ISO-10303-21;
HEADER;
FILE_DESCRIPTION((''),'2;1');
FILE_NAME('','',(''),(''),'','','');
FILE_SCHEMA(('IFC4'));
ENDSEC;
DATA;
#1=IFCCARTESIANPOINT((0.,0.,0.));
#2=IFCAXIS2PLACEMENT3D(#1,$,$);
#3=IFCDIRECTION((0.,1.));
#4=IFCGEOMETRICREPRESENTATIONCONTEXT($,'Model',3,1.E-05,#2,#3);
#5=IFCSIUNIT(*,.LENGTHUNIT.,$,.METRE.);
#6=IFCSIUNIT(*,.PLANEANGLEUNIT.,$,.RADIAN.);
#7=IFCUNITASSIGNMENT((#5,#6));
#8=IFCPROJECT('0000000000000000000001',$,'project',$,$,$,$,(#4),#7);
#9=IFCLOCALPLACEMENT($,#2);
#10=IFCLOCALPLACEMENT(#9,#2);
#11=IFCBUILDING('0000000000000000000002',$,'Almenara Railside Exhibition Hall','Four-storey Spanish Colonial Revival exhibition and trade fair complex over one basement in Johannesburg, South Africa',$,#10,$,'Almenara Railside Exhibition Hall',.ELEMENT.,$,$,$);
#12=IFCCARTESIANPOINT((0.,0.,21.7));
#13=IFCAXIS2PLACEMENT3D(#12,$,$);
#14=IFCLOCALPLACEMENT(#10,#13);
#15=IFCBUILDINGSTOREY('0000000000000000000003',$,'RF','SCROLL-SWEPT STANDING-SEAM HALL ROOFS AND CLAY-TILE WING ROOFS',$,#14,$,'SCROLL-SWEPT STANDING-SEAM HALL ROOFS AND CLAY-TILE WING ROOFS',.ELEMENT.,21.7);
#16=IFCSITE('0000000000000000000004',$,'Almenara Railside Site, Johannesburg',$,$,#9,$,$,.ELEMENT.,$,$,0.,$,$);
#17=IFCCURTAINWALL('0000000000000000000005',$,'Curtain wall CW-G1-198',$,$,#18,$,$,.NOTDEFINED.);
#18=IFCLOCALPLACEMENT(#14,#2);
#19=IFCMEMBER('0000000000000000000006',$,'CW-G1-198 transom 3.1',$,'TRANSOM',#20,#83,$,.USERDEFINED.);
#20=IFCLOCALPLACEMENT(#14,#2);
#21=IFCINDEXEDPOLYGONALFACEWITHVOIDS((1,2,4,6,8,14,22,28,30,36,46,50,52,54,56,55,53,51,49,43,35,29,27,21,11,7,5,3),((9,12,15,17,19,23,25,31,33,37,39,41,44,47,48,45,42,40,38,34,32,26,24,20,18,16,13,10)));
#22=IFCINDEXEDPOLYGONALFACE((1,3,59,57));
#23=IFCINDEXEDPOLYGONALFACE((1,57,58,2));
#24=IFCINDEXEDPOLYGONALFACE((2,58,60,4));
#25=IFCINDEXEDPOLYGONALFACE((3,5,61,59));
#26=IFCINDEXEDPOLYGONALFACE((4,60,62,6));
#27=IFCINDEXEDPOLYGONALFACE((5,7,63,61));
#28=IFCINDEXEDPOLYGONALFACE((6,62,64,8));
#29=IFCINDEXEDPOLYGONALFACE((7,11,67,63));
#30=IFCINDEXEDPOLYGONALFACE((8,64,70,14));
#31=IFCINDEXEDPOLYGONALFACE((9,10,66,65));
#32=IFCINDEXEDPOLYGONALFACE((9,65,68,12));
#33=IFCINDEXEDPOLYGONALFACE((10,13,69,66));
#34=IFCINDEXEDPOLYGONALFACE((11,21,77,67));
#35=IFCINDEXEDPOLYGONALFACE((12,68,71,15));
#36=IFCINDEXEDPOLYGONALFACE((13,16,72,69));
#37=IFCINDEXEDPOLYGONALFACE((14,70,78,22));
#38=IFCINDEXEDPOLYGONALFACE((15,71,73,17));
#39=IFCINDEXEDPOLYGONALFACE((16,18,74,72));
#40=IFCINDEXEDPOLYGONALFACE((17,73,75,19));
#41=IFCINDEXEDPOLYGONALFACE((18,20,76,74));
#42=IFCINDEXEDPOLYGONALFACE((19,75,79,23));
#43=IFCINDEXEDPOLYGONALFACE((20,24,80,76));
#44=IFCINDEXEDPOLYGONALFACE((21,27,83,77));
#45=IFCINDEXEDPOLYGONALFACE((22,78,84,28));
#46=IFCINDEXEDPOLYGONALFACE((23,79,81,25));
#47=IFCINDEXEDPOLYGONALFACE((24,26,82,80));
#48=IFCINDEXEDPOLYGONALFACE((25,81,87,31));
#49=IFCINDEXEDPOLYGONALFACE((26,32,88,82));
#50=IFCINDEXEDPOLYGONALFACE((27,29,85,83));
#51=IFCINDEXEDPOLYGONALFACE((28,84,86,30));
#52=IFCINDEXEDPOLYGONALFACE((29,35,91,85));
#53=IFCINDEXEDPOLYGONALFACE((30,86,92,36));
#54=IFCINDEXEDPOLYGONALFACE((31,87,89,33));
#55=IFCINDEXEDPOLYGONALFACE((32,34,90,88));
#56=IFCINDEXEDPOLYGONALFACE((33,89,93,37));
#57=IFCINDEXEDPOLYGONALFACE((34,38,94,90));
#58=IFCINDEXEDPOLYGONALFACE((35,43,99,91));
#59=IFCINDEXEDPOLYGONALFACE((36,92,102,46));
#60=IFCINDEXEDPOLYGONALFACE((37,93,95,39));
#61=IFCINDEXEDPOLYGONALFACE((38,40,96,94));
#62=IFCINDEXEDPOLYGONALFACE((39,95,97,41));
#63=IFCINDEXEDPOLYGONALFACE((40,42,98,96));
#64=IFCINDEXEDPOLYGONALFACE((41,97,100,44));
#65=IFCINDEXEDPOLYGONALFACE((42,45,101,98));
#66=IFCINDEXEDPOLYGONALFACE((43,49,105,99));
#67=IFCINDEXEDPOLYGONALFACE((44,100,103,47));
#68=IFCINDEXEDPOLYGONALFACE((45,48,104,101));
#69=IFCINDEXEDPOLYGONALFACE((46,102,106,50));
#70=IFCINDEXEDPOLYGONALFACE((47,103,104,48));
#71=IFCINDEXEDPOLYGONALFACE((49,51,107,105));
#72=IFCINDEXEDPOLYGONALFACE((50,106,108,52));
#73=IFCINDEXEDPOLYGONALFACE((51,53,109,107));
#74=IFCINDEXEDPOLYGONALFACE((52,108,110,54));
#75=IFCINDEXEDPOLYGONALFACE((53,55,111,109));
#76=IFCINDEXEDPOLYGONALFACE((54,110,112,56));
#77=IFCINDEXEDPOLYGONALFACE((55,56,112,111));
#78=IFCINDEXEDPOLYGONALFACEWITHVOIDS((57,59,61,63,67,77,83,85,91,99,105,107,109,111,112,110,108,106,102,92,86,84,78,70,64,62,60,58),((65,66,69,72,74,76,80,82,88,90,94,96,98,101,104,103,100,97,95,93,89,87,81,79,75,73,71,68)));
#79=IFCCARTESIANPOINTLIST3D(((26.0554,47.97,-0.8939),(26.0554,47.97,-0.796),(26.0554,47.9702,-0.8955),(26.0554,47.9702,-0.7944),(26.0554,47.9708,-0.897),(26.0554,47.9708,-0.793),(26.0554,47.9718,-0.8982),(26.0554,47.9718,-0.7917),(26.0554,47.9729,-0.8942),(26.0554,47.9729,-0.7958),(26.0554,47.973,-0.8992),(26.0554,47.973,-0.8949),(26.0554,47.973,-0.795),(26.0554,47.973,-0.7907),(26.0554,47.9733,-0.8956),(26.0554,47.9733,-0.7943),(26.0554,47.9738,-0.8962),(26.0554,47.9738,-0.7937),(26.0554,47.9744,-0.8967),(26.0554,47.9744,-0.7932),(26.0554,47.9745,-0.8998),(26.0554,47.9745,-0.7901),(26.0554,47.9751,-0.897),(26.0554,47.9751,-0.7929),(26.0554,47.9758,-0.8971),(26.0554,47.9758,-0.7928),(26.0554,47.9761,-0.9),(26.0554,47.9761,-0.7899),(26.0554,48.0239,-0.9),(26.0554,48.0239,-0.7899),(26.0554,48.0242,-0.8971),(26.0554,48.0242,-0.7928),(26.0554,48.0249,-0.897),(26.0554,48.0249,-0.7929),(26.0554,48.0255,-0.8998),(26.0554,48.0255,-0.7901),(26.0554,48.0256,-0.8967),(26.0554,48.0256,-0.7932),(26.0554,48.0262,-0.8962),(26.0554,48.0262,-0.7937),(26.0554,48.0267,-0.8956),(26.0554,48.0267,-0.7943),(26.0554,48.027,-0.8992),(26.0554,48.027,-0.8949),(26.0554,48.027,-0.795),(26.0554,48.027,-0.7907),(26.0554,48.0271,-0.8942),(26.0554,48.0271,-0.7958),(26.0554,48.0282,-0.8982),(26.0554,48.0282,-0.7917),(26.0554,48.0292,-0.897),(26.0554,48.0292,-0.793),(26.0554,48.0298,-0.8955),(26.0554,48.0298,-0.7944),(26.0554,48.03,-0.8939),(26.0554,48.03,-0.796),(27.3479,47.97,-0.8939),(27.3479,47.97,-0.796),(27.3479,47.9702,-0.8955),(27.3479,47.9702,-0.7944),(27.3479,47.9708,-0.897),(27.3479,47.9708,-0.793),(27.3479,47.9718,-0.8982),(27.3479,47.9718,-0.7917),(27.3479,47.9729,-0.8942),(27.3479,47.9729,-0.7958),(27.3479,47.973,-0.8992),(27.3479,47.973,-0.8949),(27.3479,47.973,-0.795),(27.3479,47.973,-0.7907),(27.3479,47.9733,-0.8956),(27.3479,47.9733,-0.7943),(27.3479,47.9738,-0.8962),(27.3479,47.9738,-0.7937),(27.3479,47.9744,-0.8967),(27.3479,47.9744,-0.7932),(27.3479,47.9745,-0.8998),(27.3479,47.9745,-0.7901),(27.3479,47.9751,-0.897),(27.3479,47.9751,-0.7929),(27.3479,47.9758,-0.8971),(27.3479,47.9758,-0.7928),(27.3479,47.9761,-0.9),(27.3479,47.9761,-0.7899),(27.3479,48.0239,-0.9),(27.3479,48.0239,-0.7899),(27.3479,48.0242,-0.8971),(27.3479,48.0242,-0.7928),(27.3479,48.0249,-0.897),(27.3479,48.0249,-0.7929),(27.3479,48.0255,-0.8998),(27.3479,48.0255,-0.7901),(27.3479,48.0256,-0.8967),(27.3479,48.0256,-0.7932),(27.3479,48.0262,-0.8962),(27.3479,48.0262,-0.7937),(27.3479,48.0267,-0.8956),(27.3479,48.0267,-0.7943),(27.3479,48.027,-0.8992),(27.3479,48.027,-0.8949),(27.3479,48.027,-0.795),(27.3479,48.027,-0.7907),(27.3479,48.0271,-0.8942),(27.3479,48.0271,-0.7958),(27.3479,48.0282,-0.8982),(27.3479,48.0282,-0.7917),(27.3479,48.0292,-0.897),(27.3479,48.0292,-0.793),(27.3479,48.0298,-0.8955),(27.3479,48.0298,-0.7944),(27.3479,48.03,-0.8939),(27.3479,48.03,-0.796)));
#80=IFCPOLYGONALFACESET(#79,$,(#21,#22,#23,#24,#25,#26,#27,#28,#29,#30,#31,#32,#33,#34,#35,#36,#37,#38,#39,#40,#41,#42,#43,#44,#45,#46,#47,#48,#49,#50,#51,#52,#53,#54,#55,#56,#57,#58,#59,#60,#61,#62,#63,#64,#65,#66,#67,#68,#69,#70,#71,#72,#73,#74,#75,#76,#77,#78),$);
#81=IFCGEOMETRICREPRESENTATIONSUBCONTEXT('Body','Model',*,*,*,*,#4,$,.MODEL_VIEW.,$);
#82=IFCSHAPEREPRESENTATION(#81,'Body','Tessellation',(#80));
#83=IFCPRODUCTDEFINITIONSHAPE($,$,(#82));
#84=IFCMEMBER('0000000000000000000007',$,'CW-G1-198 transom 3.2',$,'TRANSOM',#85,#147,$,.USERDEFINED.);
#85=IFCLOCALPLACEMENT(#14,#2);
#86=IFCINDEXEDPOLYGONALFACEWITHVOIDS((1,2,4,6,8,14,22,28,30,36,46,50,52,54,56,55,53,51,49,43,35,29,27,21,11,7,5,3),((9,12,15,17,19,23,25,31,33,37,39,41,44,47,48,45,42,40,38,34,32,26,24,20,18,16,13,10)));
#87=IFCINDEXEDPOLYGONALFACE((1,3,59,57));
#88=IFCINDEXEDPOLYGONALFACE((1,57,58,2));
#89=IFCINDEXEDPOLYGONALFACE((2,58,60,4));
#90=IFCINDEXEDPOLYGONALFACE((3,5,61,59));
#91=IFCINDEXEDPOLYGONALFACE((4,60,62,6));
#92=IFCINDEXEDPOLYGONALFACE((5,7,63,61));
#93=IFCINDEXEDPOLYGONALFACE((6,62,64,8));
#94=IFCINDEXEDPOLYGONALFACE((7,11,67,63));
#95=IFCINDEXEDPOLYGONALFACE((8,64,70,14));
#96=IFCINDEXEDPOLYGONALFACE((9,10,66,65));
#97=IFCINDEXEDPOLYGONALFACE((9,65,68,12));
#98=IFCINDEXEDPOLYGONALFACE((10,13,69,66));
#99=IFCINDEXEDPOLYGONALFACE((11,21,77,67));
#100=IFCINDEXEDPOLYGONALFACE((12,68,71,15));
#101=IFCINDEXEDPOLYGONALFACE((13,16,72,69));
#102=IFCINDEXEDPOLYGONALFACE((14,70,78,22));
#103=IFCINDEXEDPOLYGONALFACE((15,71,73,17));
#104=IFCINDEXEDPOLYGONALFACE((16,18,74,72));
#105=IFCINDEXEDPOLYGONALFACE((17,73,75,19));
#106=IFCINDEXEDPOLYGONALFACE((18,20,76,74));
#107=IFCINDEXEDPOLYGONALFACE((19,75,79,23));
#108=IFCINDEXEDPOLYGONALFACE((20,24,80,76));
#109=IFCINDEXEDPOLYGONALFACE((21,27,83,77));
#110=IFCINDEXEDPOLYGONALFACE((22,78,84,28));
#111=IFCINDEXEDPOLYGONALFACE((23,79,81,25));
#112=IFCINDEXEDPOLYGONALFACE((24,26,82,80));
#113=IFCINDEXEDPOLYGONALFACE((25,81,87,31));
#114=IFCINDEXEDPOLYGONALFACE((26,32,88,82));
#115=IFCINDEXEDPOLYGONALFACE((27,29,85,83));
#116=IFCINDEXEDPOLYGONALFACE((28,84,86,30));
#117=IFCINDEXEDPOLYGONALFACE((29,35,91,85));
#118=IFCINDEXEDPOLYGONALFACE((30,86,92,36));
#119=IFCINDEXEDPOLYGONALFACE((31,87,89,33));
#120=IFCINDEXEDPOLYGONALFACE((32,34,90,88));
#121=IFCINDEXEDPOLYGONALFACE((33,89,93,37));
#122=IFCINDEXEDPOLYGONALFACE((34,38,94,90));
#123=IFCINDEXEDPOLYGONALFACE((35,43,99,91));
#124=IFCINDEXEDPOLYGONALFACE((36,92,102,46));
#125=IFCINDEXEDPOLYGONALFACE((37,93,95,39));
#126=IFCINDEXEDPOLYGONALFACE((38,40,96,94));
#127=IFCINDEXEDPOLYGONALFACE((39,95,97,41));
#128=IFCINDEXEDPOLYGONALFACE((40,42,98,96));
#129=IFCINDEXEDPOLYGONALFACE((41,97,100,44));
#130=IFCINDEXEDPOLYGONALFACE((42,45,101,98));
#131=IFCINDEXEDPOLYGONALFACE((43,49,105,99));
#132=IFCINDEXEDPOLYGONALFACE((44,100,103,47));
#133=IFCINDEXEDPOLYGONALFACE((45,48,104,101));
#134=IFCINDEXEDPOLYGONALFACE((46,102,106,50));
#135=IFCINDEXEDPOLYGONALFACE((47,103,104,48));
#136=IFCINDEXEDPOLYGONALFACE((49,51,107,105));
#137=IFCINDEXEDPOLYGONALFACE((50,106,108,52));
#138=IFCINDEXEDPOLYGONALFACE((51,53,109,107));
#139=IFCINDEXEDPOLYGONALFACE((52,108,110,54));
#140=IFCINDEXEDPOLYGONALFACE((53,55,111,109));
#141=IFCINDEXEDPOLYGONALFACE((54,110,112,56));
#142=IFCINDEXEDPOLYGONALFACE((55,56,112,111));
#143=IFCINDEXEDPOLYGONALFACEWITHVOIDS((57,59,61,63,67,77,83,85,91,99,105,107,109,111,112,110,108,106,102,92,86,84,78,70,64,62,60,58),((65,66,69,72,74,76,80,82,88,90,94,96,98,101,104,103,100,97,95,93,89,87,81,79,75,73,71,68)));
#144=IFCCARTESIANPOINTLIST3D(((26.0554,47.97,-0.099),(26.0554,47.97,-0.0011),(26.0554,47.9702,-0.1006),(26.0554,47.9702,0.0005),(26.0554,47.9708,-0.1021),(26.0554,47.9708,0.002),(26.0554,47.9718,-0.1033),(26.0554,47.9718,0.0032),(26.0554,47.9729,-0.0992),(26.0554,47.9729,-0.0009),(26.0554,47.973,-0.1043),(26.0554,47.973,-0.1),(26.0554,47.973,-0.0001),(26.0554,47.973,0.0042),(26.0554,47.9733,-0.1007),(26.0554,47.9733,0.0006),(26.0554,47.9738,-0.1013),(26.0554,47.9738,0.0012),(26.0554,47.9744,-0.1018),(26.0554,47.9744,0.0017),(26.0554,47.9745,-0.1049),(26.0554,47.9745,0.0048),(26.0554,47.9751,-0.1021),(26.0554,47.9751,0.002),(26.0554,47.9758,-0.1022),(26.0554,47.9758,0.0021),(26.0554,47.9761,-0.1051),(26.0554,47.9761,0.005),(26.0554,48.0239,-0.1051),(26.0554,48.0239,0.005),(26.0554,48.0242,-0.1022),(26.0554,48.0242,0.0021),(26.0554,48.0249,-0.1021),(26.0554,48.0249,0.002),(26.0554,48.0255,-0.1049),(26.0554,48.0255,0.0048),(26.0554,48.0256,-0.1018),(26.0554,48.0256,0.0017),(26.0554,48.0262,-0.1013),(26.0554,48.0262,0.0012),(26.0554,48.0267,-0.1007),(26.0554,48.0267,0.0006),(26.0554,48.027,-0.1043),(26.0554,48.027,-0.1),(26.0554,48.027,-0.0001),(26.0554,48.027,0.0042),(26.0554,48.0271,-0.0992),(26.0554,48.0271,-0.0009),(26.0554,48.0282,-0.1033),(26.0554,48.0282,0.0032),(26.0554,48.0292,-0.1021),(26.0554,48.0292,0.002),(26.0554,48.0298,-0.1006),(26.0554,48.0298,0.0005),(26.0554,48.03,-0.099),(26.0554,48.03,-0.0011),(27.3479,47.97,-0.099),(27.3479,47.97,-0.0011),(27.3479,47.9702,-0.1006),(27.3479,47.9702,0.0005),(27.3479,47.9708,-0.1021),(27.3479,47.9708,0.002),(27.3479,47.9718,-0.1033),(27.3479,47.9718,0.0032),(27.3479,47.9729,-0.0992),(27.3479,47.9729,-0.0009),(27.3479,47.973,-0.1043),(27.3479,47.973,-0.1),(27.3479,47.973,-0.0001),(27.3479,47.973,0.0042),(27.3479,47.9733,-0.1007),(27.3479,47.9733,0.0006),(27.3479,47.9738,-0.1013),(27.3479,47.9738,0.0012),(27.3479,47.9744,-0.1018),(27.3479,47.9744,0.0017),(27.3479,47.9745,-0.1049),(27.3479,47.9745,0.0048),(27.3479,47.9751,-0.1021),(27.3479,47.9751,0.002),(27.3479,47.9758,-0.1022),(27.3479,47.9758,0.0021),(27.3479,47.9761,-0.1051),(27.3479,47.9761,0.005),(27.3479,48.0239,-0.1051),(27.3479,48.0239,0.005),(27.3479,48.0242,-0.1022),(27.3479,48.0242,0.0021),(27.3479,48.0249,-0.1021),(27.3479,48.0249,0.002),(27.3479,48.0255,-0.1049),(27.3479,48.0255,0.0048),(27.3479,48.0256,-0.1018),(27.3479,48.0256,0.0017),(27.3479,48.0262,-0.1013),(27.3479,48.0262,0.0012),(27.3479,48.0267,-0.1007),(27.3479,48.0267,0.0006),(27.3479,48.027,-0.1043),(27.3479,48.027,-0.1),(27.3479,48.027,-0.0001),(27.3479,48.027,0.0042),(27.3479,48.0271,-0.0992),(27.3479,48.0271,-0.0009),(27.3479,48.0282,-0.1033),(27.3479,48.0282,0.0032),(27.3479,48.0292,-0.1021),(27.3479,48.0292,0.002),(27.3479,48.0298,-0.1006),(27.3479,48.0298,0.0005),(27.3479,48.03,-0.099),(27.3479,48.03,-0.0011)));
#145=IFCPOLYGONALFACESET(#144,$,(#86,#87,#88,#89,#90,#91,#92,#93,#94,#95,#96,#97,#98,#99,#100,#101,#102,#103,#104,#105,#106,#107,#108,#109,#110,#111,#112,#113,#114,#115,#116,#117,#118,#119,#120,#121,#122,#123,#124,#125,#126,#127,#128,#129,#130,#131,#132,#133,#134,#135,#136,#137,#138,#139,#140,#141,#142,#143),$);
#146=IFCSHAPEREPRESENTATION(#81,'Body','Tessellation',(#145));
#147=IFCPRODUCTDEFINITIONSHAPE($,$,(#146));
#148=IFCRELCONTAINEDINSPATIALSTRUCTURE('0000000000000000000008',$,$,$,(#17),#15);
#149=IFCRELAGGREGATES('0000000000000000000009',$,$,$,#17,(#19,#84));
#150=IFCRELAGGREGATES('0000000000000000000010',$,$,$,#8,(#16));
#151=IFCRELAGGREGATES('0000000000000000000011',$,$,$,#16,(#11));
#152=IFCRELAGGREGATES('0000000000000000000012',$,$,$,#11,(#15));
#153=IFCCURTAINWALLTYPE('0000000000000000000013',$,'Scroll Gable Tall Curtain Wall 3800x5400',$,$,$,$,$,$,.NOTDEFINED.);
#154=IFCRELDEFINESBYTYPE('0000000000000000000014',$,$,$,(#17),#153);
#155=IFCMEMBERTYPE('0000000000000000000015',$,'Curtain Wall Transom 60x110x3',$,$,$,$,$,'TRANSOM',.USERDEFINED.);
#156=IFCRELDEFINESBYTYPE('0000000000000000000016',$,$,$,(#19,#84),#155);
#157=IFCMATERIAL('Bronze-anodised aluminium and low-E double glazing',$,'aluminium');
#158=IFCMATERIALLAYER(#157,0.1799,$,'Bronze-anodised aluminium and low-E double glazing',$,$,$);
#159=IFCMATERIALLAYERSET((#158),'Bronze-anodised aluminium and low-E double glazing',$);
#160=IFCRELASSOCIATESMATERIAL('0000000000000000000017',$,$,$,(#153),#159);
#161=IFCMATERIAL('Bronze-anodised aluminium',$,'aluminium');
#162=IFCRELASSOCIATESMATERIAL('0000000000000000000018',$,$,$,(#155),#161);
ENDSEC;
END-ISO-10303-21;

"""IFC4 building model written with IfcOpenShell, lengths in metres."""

from ifc_helpers import new_model, si_unit, direction, frame, origin, origin_2d, place, context, subcontext, project, spatial, hollow_rectangle, extrude, material, layer, layer_set, material_profile, profile_set, type_object, element, aggregate, save


model = new_model("IFC4")

# Units and contexts
model_context = context("Model", 3, precision=1e-05, world=origin(), true_north=direction((0.0, 1.0)))
body_context = subcontext(model_context, "Body", "Model", "MODEL_VIEW")
ifc_project = project(units=[si_unit("LENGTHUNIT", "METRE"), si_unit("PLANEANGLEUNIT", "RADIAN")], contexts=[model_context])

# Site, building, storey
site_placement = place(None, origin())
site = spatial("IfcSite", under=ifc_project, at=site_placement, Name="Almenara Railside Site, Johannesburg", CompositionType="ELEMENT", RefElevation=0.0)
building_placement = place(site_placement, origin())
building = spatial("IfcBuilding", under=site, at=building_placement, Name="Almenara Railside Exhibition Hall", Description="Four-storey Spanish Colonial Revival exhibition and trade fair complex over one basement in Johannesburg, South Africa", LongName="Almenara Railside Exhibition Hall", CompositionType="ELEMENT")
storey_placement = place(building_placement, frame((0.0, 0.0, 21.7)))
storey = spatial("IfcBuildingStorey", under=building, at=storey_placement, Name="RF", Description="SCROLL-SWEPT STANDING-SEAM HALL ROOFS AND CLAY-TILE WING ROOFS", LongName="SCROLL-SWEPT STANDING-SEAM HALL ROOFS AND CLAY-TILE WING ROOFS", CompositionType="ELEMENT", Elevation=21.7)

# Curtain wall
ifc_material_1 = material(Name="Bronze-anodised aluminium and low-E double glazing", Category="aluminium")
ifc_layer_1 = layer(ifc_material_1, 0.1799, Name="Bronze-anodised aluminium and low-E double glazing")
ifc_layer_set_1 = layer_set([ifc_layer_1], Name="Bronze-anodised aluminium and low-E double glazing")
curtain_wall_type = type_object("IfcCurtainWallType", Name="Scroll Gable Tall Curtain Wall 3800x5400", PredefinedType="NOTDEFINED", material=ifc_layer_set_1)
ifc_material_2 = material(Name="Bronze-anodised aluminium", Category="aluminium")
curtain_wall_1_placement = place(storey_placement, origin())
curtain_wall_1 = element("IfcCurtainWall", 1, at=curtain_wall_1_placement, inside=storey, type_object=curtain_wall_type, Name="Curtain wall CW-G1-198", PredefinedType="NOTDEFINED")

# Members
ifc_material_profile_1 = material_profile(ifc_material_2, hollow_rectangle(XDim=0.0601, YDim=0.1101, WallThickness=0.0029, InnerFilletRadius=0.0029, OuterFilletRadius=0.0061, at=origin_2d()), Name="ALU-TRN 60x110x3")
ifc_profile_set_1 = profile_set([ifc_material_profile_1], Name="Bronze-anodised aluminium")
member_type_1 = type_object("IfcMemberType", Name="Curtain Wall Transom 60x110x3", ElementType="TRANSOM", PredefinedType="USERDEFINED", material=ifc_profile_set_1)
member_1_placement = place(storey_placement, frame((26.0554, 48.0, -0.845), z_axis=(1.0, 0.0, 0.0), x_axis=(0.0, 1.0, 0.0)))
member_1 = element("IfcMember", 2, at=member_1_placement, type_object=member_type_1, Name="CW-G1-198 transom 3.1", ObjectType="TRANSOM", PredefinedType="USERDEFINED", context=body_context, shape_type="SweptSolid", body=[
    extrude(hollow_rectangle(XDim=0.0601, YDim=0.1101, WallThickness=0.0029, InnerFilletRadius=0.0029, OuterFilletRadius=0.0061, at=origin_2d()), origin(), (0.0, 0.0, 1.0), 1.2925),
])
member_2_placement = place(storey_placement, frame((26.0554, 48.0, -0.05), z_axis=(1.0, 0.0, 0.0), x_axis=(0.0, 1.0, 0.0)))
member_2 = element("IfcMember", 3, at=member_2_placement, type_object=member_type_1, Name="CW-G1-198 transom 3.2", ObjectType="TRANSOM", PredefinedType="USERDEFINED", context=body_context, shape_type="SweptSolid", body=[
    extrude(hollow_rectangle(XDim=0.0601, YDim=0.1101, WallThickness=0.0029, InnerFilletRadius=0.0029, OuterFilletRadius=0.0061, at=origin_2d()), origin(), (0.0, 0.0, 1.0), 1.2925),
])

aggregate(curtain_wall_1, [member_1, member_2])

save(model, "model.ifc")
